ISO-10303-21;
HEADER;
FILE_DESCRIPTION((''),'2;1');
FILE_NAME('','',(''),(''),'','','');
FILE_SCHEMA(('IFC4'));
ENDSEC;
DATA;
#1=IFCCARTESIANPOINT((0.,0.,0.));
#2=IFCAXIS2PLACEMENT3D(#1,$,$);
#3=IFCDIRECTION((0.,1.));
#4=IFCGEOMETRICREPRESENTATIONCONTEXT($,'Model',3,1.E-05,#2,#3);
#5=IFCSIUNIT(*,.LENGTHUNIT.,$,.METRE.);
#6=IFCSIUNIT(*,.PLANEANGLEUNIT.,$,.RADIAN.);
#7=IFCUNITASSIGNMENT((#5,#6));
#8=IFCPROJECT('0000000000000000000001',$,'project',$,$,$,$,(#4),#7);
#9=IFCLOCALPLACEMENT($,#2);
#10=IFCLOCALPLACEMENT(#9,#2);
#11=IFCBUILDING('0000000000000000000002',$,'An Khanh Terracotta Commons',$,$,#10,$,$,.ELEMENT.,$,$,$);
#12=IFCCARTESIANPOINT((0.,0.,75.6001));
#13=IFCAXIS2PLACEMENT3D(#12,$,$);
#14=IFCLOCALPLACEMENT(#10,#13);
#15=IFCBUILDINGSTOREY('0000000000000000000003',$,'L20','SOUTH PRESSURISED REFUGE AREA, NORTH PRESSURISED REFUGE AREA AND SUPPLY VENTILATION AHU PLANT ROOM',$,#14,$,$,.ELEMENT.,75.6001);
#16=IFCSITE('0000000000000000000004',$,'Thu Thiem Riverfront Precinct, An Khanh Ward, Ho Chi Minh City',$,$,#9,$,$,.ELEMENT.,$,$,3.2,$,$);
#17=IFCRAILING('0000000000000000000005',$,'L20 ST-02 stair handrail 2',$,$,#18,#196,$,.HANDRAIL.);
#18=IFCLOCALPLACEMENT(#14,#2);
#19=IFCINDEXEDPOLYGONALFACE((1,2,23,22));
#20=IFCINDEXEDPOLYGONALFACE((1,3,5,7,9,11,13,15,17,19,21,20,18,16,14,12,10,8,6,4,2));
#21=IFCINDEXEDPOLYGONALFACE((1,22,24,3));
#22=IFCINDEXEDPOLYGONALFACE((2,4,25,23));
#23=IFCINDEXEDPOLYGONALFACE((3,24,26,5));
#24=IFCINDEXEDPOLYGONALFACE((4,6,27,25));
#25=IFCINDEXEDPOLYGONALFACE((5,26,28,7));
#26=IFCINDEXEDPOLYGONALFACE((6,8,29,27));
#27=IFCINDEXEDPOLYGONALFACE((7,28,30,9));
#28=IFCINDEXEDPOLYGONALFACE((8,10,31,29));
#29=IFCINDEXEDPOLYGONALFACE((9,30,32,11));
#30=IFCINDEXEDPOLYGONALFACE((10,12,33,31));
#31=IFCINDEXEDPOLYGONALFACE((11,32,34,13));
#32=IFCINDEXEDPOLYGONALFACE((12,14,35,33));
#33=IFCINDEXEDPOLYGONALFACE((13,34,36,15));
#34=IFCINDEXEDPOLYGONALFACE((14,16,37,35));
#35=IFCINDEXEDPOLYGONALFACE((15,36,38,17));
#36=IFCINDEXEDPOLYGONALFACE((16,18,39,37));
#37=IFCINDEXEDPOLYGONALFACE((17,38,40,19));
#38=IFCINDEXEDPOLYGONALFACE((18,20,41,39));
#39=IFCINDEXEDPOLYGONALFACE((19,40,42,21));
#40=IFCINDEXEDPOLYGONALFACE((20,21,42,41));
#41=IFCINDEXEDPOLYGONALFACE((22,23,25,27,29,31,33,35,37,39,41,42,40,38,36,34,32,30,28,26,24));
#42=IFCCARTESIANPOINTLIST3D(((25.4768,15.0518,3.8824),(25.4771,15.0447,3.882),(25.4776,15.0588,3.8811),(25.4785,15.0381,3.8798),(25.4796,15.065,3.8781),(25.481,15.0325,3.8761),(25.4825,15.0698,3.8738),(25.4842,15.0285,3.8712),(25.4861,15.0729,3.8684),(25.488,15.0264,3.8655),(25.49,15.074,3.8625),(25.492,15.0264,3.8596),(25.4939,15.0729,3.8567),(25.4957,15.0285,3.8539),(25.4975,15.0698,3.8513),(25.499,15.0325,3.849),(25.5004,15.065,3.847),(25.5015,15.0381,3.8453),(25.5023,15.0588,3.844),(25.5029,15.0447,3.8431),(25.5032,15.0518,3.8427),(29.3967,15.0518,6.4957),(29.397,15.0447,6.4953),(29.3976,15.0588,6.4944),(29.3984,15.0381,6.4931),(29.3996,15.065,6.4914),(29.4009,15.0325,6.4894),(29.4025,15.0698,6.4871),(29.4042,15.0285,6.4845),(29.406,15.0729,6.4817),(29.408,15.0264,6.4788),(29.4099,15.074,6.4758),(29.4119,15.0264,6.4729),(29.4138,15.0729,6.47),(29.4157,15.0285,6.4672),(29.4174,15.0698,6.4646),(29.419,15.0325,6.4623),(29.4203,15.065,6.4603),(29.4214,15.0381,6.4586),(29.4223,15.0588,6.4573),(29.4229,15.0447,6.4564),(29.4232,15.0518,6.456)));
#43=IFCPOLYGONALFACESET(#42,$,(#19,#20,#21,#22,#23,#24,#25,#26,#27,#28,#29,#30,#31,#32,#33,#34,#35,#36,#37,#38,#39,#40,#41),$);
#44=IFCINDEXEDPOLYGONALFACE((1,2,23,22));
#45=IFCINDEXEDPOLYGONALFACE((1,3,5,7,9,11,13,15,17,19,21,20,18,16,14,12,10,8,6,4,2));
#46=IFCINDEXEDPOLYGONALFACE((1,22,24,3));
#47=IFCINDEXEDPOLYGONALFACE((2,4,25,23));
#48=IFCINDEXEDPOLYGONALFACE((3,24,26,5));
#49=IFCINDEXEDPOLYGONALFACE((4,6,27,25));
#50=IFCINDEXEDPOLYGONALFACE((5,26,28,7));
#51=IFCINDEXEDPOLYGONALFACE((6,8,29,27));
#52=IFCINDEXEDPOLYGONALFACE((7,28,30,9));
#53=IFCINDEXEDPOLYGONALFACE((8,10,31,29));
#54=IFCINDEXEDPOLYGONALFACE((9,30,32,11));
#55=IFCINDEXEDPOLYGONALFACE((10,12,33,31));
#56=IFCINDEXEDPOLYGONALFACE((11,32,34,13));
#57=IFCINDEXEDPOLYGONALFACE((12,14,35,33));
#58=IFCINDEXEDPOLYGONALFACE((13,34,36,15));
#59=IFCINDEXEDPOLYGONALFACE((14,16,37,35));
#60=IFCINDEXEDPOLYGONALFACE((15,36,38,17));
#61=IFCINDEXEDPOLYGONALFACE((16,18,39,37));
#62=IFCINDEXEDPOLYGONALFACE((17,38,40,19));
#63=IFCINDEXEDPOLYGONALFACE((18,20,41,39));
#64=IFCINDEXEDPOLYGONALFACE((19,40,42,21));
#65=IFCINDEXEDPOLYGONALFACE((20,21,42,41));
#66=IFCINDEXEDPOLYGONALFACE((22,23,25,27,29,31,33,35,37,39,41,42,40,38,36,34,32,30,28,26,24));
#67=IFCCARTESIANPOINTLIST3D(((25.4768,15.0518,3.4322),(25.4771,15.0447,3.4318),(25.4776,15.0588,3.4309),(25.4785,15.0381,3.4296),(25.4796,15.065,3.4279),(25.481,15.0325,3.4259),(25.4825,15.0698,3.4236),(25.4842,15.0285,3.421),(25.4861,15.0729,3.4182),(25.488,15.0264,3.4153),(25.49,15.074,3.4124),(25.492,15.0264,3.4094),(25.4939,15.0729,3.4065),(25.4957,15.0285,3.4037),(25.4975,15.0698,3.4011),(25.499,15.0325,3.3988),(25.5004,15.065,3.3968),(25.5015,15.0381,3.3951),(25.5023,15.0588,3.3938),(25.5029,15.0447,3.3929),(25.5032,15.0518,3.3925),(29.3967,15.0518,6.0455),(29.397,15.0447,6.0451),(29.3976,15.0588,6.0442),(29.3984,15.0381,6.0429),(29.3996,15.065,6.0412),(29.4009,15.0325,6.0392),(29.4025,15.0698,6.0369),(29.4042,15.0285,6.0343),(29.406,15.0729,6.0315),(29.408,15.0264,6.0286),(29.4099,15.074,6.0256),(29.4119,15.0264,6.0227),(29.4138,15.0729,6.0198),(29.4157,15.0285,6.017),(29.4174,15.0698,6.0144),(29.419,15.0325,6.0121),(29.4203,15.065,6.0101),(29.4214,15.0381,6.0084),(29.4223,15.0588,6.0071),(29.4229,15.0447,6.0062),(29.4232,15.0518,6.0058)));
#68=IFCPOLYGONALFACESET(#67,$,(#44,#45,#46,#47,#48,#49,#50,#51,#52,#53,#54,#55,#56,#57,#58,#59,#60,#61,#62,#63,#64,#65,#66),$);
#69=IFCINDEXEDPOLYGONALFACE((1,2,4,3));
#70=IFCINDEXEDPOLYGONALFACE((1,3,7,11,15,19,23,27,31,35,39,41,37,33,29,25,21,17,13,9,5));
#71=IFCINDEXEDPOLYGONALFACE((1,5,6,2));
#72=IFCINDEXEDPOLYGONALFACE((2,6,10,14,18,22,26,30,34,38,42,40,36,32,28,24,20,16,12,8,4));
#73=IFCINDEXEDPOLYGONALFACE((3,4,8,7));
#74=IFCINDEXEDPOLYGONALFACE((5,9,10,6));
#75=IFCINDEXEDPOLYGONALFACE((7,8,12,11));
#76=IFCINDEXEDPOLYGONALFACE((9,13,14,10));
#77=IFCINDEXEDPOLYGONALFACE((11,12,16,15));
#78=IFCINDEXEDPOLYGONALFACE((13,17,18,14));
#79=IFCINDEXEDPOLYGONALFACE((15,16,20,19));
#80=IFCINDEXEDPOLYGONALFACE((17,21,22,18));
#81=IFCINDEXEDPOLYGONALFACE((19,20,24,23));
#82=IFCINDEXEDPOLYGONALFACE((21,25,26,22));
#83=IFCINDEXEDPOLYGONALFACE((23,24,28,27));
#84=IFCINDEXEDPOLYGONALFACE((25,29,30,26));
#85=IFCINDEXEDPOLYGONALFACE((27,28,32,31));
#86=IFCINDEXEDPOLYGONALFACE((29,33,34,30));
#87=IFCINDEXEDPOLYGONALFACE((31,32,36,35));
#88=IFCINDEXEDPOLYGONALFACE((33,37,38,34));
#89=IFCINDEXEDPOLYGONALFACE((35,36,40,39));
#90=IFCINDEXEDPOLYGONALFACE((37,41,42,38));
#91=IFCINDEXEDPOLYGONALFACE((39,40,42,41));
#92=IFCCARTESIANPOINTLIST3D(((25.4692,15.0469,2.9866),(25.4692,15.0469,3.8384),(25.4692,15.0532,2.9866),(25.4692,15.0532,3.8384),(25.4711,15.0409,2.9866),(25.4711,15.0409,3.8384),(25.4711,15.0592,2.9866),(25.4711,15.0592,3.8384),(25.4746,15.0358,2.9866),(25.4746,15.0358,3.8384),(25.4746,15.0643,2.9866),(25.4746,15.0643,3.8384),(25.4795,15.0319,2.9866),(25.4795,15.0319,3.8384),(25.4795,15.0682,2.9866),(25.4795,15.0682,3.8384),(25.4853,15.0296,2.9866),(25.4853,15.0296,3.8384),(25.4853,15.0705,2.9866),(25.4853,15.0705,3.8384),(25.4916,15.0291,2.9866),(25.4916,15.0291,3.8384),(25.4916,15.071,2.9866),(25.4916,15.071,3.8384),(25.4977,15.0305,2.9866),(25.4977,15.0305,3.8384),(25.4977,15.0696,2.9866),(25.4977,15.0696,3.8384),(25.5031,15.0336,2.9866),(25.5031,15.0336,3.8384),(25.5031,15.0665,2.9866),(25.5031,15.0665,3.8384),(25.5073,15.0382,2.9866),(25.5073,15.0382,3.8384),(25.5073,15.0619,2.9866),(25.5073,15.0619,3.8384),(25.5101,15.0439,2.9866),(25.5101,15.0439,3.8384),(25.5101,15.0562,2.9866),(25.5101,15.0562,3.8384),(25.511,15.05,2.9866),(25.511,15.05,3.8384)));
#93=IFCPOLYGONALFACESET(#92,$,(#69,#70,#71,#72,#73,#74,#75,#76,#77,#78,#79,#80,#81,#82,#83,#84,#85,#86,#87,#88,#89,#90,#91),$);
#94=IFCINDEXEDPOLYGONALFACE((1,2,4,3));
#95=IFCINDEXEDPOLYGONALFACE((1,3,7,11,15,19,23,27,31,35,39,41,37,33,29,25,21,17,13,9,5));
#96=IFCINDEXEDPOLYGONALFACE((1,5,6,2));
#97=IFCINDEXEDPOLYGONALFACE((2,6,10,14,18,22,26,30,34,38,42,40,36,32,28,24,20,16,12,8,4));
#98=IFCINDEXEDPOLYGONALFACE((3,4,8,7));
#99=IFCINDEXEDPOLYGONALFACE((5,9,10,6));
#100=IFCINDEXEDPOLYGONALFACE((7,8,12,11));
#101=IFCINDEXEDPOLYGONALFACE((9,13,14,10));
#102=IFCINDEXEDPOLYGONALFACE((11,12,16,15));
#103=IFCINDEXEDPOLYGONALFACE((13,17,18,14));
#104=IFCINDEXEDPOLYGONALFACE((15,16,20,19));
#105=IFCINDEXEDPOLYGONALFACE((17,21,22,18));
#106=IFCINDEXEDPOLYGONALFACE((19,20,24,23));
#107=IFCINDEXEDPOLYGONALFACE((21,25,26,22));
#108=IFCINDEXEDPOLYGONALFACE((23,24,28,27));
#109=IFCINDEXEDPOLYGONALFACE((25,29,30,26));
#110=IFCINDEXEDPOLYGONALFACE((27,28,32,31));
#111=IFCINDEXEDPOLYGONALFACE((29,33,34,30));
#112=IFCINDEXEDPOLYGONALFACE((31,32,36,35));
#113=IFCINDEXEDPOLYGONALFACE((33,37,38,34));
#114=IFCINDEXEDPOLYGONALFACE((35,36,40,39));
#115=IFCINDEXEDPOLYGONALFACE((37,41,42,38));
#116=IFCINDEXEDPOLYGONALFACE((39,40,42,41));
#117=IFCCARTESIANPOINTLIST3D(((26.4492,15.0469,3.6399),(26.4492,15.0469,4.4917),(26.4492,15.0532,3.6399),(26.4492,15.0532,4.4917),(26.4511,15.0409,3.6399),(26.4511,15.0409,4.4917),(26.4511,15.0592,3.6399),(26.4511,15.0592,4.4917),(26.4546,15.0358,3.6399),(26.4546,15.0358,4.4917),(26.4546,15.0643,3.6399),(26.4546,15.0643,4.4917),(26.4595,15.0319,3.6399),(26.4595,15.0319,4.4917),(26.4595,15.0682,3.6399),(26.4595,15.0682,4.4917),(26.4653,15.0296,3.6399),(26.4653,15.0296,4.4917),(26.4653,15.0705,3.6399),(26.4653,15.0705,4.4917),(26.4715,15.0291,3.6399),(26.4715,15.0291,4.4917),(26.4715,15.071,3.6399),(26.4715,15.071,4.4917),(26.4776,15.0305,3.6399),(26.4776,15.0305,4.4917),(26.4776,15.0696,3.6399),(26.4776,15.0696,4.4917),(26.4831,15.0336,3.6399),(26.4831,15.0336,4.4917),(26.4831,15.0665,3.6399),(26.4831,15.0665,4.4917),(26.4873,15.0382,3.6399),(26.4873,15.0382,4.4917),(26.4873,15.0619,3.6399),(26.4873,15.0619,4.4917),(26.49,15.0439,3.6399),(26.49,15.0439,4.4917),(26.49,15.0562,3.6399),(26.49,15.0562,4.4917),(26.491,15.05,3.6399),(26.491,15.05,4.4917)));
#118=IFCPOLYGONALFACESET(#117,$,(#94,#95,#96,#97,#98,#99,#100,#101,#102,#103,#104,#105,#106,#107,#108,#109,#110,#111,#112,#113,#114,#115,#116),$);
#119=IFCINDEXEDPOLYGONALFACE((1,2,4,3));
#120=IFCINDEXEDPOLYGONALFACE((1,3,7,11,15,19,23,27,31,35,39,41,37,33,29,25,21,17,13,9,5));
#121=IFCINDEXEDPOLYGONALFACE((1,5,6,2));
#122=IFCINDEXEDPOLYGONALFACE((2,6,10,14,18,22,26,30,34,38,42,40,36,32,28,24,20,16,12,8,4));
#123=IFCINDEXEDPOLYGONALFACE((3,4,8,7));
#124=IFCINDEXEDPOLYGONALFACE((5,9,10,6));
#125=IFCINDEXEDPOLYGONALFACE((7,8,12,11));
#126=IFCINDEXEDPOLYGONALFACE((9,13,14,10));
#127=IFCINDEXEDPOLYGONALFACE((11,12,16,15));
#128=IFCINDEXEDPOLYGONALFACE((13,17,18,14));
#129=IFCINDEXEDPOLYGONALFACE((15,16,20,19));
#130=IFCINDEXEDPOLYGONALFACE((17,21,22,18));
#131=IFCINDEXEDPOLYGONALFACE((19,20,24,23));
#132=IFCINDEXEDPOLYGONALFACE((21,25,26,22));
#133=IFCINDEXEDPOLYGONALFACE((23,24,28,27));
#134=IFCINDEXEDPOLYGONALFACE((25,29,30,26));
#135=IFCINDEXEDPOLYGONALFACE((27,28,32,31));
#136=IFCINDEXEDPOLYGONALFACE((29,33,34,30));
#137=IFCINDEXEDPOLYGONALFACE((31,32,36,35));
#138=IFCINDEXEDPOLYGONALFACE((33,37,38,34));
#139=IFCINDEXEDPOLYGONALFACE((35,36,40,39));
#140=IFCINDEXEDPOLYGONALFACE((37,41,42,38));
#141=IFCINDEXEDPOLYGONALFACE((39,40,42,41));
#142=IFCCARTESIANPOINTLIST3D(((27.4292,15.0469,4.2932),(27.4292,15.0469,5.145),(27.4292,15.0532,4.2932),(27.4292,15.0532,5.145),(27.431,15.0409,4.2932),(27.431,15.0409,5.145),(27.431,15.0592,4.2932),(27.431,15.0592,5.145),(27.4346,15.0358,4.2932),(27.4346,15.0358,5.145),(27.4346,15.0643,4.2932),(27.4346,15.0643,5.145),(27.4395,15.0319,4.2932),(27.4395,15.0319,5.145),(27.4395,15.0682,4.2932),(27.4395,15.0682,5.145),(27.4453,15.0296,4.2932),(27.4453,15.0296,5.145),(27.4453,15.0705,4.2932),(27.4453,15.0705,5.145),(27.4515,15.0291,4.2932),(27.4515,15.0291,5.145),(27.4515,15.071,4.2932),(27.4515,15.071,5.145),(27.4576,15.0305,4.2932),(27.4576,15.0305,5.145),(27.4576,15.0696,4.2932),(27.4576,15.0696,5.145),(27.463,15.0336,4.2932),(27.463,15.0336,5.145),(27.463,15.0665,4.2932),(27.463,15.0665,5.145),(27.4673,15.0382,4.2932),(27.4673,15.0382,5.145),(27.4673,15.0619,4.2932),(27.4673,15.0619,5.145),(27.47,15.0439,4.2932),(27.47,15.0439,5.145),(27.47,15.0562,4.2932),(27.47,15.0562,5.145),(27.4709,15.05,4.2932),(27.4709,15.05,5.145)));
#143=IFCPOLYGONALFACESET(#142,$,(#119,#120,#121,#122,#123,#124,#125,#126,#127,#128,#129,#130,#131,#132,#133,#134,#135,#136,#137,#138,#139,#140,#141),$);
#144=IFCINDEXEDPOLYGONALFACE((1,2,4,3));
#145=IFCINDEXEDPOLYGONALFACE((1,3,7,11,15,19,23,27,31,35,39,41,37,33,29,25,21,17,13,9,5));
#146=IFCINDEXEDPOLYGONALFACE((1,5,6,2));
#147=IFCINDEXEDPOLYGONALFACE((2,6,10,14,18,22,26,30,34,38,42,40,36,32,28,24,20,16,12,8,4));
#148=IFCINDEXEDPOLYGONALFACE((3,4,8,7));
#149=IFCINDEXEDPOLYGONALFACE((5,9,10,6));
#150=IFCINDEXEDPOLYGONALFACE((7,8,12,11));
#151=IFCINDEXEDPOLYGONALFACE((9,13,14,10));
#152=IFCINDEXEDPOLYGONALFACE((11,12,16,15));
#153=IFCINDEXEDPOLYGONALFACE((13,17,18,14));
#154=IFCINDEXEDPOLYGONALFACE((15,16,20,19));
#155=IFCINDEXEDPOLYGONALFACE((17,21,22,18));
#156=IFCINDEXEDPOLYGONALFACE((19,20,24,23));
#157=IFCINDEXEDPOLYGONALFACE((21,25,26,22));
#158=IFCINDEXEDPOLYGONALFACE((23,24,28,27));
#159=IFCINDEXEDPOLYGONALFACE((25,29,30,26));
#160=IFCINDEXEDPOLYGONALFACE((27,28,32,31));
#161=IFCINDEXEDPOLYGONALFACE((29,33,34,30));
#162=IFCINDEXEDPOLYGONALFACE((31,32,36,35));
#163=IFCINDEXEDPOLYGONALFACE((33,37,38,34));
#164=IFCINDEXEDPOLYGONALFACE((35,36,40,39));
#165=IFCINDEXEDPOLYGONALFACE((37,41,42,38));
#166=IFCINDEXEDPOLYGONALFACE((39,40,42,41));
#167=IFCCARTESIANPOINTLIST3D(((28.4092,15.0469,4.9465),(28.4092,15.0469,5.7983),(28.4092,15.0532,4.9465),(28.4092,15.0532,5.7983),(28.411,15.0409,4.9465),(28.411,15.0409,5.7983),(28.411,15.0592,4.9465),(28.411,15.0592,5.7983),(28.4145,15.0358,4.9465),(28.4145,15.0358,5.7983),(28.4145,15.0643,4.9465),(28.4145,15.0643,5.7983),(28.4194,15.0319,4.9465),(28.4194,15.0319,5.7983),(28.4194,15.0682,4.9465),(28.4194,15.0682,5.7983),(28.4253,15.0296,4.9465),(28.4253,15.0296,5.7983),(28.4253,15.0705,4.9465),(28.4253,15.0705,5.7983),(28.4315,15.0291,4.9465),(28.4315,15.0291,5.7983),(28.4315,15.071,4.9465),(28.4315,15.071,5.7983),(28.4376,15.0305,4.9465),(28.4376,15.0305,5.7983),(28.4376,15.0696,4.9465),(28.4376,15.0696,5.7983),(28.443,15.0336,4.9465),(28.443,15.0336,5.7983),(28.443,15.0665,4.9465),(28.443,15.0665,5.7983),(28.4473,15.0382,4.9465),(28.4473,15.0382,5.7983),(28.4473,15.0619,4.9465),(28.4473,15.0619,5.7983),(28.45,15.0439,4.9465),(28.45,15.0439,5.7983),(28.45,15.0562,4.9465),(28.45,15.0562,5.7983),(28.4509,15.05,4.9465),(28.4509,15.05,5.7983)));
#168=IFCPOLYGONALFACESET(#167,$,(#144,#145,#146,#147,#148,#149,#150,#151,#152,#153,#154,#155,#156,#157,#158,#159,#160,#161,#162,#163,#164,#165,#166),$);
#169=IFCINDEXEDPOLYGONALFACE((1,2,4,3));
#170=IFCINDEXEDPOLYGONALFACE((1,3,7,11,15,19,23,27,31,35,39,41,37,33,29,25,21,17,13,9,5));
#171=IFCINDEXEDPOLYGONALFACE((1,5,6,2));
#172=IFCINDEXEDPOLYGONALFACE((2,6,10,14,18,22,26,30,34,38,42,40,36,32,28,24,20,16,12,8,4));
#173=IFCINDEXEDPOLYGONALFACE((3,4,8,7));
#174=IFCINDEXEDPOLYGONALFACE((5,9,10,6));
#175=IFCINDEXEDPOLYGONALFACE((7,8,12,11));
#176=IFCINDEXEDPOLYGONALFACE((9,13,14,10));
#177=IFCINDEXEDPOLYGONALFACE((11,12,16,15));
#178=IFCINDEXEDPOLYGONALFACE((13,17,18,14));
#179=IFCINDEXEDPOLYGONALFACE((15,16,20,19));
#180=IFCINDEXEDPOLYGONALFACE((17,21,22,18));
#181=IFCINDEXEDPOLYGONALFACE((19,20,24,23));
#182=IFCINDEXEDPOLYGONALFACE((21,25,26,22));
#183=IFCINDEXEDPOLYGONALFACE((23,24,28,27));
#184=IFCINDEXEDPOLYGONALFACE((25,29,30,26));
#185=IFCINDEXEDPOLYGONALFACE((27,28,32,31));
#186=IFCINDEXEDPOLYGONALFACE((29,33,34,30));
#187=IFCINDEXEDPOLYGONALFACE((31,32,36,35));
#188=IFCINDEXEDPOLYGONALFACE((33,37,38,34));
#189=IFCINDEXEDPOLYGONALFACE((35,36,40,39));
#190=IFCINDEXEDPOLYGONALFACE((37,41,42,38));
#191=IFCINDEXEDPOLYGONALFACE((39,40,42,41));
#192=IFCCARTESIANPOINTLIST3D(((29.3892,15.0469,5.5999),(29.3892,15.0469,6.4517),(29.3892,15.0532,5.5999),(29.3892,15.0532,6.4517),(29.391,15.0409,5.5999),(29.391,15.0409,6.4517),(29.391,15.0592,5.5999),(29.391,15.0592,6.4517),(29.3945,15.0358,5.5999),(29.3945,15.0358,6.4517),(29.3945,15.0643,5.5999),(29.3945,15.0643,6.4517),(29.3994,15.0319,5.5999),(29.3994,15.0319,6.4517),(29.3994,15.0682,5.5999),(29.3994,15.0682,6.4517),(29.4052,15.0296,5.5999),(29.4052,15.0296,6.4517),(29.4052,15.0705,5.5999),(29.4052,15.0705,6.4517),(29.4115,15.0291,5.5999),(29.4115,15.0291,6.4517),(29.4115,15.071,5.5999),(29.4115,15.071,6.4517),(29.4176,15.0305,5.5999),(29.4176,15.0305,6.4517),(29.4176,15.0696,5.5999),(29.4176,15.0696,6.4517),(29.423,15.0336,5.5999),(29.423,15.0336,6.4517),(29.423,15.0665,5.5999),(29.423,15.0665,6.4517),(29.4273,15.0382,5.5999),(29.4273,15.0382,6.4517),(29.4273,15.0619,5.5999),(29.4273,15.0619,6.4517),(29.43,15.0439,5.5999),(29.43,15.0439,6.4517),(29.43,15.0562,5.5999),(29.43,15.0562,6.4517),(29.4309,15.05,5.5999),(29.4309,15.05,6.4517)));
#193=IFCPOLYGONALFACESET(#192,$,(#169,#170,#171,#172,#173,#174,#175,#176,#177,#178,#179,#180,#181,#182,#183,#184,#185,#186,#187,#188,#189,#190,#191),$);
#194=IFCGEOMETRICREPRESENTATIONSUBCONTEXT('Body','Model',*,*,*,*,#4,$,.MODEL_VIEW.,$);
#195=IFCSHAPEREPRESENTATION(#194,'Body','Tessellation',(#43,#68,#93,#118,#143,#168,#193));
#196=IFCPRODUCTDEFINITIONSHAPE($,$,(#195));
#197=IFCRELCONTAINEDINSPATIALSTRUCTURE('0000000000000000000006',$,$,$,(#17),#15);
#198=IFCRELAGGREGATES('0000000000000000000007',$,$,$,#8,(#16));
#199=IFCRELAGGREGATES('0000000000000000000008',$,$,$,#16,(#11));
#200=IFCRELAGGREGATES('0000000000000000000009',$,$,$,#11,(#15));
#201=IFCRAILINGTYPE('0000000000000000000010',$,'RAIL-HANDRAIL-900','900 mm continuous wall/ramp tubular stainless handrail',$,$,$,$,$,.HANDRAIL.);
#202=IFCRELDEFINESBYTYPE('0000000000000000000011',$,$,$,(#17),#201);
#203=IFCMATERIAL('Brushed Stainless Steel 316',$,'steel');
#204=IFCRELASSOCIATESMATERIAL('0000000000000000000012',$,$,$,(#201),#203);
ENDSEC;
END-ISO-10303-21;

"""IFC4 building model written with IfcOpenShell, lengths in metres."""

from ifc_helpers import new_model, si_unit, direction, frame, origin, origin_2d, place, context, subcontext, project, spatial, circle, extrude, material, type_object, element, save


model = new_model("IFC4")

# Units and contexts
model_context = context("Model", 3, precision=1e-05, world=origin(), true_north=direction((0.0, 1.0)))
body_context = subcontext(model_context, "Body", "Model", "MODEL_VIEW")
ifc_project = project(units=[si_unit("LENGTHUNIT", "METRE"), si_unit("PLANEANGLEUNIT", "RADIAN")], contexts=[model_context])

# Site, building, storey
site_placement = place(None, origin())
site = spatial("IfcSite", under=ifc_project, at=site_placement, Name="Thu Thiem Riverfront Precinct, An Khanh Ward, Ho Chi Minh City", CompositionType="ELEMENT", RefElevation=3.2)
building_placement = place(site_placement, origin())
building = spatial("IfcBuilding", under=site, at=building_placement, Name="An Khanh Terracotta Commons", CompositionType="ELEMENT")
storey_placement = place(building_placement, frame((0.0, 0.0, 75.6001)))
storey = spatial("IfcBuildingStorey", under=building, at=storey_placement, Name="L20", Description="SOUTH PRESSURISED REFUGE AREA, NORTH PRESSURISED REFUGE AREA AND SUPPLY VENTILATION AHU PLANT ROOM", CompositionType="ELEMENT", Elevation=75.6001)

# Railing
ifc_material_1 = material(Name="Brushed Stainless Steel 316", Category="steel")
railing_type_1 = type_object("IfcRailingType", Name="RAIL-HANDRAIL-900", Description="900 mm continuous wall/ramp tubular stainless handrail", PredefinedType="HANDRAIL", material=ifc_material_1)
railing_1_placement = place(storey_placement, frame((25.49, 15.05, 2.9866)))
element("IfcRailing", 1, at=railing_1_placement, inside=storey, type_object=railing_type_1, Name="L20 ST-02 stair handrail 2", PredefinedType="HANDRAIL", context=body_context, shape_type="SweptSolid", body=[
    extrude(circle(Radius=0.0239, at=origin_2d()), frame((0.0, 0.0, 0.876), z_axis=(0.83205, 0.0, 0.5547), x_axis=(0.0, 1.0, 0.0)), (0.0, 0.0, 1.0), 4.7112),
    extrude(circle(Radius=0.0239, at=origin_2d()), frame((0.0, 0.0, 0.4258), z_axis=(0.83205, 0.0, 0.5547), x_axis=(0.0, 1.0, 0.0)), (0.0, 0.0, 1.0), 4.7112),
    extrude(circle(Radius=0.021, at=origin_2d()), origin(), (0.0, 0.0, 1.0), 0.8518),
    extrude(circle(Radius=0.021, at=origin_2d()), frame((0.98, 0.0, 0.6533)), (0.0, 0.0, 1.0), 0.8518),
    extrude(circle(Radius=0.021, at=origin_2d()), frame((1.96, 0.0, 1.3066)), (0.0, 0.0, 1.0), 0.8518),
    extrude(circle(Radius=0.021, at=origin_2d()), frame((2.9399, 0.0, 1.96)), (0.0, 0.0, 1.0), 0.8518),
    extrude(circle(Radius=0.021, at=origin_2d()), frame((3.9199, 0.0, 2.6133)), (0.0, 0.0, 1.0), 0.8518),
])

save(model, "model.ifc")
